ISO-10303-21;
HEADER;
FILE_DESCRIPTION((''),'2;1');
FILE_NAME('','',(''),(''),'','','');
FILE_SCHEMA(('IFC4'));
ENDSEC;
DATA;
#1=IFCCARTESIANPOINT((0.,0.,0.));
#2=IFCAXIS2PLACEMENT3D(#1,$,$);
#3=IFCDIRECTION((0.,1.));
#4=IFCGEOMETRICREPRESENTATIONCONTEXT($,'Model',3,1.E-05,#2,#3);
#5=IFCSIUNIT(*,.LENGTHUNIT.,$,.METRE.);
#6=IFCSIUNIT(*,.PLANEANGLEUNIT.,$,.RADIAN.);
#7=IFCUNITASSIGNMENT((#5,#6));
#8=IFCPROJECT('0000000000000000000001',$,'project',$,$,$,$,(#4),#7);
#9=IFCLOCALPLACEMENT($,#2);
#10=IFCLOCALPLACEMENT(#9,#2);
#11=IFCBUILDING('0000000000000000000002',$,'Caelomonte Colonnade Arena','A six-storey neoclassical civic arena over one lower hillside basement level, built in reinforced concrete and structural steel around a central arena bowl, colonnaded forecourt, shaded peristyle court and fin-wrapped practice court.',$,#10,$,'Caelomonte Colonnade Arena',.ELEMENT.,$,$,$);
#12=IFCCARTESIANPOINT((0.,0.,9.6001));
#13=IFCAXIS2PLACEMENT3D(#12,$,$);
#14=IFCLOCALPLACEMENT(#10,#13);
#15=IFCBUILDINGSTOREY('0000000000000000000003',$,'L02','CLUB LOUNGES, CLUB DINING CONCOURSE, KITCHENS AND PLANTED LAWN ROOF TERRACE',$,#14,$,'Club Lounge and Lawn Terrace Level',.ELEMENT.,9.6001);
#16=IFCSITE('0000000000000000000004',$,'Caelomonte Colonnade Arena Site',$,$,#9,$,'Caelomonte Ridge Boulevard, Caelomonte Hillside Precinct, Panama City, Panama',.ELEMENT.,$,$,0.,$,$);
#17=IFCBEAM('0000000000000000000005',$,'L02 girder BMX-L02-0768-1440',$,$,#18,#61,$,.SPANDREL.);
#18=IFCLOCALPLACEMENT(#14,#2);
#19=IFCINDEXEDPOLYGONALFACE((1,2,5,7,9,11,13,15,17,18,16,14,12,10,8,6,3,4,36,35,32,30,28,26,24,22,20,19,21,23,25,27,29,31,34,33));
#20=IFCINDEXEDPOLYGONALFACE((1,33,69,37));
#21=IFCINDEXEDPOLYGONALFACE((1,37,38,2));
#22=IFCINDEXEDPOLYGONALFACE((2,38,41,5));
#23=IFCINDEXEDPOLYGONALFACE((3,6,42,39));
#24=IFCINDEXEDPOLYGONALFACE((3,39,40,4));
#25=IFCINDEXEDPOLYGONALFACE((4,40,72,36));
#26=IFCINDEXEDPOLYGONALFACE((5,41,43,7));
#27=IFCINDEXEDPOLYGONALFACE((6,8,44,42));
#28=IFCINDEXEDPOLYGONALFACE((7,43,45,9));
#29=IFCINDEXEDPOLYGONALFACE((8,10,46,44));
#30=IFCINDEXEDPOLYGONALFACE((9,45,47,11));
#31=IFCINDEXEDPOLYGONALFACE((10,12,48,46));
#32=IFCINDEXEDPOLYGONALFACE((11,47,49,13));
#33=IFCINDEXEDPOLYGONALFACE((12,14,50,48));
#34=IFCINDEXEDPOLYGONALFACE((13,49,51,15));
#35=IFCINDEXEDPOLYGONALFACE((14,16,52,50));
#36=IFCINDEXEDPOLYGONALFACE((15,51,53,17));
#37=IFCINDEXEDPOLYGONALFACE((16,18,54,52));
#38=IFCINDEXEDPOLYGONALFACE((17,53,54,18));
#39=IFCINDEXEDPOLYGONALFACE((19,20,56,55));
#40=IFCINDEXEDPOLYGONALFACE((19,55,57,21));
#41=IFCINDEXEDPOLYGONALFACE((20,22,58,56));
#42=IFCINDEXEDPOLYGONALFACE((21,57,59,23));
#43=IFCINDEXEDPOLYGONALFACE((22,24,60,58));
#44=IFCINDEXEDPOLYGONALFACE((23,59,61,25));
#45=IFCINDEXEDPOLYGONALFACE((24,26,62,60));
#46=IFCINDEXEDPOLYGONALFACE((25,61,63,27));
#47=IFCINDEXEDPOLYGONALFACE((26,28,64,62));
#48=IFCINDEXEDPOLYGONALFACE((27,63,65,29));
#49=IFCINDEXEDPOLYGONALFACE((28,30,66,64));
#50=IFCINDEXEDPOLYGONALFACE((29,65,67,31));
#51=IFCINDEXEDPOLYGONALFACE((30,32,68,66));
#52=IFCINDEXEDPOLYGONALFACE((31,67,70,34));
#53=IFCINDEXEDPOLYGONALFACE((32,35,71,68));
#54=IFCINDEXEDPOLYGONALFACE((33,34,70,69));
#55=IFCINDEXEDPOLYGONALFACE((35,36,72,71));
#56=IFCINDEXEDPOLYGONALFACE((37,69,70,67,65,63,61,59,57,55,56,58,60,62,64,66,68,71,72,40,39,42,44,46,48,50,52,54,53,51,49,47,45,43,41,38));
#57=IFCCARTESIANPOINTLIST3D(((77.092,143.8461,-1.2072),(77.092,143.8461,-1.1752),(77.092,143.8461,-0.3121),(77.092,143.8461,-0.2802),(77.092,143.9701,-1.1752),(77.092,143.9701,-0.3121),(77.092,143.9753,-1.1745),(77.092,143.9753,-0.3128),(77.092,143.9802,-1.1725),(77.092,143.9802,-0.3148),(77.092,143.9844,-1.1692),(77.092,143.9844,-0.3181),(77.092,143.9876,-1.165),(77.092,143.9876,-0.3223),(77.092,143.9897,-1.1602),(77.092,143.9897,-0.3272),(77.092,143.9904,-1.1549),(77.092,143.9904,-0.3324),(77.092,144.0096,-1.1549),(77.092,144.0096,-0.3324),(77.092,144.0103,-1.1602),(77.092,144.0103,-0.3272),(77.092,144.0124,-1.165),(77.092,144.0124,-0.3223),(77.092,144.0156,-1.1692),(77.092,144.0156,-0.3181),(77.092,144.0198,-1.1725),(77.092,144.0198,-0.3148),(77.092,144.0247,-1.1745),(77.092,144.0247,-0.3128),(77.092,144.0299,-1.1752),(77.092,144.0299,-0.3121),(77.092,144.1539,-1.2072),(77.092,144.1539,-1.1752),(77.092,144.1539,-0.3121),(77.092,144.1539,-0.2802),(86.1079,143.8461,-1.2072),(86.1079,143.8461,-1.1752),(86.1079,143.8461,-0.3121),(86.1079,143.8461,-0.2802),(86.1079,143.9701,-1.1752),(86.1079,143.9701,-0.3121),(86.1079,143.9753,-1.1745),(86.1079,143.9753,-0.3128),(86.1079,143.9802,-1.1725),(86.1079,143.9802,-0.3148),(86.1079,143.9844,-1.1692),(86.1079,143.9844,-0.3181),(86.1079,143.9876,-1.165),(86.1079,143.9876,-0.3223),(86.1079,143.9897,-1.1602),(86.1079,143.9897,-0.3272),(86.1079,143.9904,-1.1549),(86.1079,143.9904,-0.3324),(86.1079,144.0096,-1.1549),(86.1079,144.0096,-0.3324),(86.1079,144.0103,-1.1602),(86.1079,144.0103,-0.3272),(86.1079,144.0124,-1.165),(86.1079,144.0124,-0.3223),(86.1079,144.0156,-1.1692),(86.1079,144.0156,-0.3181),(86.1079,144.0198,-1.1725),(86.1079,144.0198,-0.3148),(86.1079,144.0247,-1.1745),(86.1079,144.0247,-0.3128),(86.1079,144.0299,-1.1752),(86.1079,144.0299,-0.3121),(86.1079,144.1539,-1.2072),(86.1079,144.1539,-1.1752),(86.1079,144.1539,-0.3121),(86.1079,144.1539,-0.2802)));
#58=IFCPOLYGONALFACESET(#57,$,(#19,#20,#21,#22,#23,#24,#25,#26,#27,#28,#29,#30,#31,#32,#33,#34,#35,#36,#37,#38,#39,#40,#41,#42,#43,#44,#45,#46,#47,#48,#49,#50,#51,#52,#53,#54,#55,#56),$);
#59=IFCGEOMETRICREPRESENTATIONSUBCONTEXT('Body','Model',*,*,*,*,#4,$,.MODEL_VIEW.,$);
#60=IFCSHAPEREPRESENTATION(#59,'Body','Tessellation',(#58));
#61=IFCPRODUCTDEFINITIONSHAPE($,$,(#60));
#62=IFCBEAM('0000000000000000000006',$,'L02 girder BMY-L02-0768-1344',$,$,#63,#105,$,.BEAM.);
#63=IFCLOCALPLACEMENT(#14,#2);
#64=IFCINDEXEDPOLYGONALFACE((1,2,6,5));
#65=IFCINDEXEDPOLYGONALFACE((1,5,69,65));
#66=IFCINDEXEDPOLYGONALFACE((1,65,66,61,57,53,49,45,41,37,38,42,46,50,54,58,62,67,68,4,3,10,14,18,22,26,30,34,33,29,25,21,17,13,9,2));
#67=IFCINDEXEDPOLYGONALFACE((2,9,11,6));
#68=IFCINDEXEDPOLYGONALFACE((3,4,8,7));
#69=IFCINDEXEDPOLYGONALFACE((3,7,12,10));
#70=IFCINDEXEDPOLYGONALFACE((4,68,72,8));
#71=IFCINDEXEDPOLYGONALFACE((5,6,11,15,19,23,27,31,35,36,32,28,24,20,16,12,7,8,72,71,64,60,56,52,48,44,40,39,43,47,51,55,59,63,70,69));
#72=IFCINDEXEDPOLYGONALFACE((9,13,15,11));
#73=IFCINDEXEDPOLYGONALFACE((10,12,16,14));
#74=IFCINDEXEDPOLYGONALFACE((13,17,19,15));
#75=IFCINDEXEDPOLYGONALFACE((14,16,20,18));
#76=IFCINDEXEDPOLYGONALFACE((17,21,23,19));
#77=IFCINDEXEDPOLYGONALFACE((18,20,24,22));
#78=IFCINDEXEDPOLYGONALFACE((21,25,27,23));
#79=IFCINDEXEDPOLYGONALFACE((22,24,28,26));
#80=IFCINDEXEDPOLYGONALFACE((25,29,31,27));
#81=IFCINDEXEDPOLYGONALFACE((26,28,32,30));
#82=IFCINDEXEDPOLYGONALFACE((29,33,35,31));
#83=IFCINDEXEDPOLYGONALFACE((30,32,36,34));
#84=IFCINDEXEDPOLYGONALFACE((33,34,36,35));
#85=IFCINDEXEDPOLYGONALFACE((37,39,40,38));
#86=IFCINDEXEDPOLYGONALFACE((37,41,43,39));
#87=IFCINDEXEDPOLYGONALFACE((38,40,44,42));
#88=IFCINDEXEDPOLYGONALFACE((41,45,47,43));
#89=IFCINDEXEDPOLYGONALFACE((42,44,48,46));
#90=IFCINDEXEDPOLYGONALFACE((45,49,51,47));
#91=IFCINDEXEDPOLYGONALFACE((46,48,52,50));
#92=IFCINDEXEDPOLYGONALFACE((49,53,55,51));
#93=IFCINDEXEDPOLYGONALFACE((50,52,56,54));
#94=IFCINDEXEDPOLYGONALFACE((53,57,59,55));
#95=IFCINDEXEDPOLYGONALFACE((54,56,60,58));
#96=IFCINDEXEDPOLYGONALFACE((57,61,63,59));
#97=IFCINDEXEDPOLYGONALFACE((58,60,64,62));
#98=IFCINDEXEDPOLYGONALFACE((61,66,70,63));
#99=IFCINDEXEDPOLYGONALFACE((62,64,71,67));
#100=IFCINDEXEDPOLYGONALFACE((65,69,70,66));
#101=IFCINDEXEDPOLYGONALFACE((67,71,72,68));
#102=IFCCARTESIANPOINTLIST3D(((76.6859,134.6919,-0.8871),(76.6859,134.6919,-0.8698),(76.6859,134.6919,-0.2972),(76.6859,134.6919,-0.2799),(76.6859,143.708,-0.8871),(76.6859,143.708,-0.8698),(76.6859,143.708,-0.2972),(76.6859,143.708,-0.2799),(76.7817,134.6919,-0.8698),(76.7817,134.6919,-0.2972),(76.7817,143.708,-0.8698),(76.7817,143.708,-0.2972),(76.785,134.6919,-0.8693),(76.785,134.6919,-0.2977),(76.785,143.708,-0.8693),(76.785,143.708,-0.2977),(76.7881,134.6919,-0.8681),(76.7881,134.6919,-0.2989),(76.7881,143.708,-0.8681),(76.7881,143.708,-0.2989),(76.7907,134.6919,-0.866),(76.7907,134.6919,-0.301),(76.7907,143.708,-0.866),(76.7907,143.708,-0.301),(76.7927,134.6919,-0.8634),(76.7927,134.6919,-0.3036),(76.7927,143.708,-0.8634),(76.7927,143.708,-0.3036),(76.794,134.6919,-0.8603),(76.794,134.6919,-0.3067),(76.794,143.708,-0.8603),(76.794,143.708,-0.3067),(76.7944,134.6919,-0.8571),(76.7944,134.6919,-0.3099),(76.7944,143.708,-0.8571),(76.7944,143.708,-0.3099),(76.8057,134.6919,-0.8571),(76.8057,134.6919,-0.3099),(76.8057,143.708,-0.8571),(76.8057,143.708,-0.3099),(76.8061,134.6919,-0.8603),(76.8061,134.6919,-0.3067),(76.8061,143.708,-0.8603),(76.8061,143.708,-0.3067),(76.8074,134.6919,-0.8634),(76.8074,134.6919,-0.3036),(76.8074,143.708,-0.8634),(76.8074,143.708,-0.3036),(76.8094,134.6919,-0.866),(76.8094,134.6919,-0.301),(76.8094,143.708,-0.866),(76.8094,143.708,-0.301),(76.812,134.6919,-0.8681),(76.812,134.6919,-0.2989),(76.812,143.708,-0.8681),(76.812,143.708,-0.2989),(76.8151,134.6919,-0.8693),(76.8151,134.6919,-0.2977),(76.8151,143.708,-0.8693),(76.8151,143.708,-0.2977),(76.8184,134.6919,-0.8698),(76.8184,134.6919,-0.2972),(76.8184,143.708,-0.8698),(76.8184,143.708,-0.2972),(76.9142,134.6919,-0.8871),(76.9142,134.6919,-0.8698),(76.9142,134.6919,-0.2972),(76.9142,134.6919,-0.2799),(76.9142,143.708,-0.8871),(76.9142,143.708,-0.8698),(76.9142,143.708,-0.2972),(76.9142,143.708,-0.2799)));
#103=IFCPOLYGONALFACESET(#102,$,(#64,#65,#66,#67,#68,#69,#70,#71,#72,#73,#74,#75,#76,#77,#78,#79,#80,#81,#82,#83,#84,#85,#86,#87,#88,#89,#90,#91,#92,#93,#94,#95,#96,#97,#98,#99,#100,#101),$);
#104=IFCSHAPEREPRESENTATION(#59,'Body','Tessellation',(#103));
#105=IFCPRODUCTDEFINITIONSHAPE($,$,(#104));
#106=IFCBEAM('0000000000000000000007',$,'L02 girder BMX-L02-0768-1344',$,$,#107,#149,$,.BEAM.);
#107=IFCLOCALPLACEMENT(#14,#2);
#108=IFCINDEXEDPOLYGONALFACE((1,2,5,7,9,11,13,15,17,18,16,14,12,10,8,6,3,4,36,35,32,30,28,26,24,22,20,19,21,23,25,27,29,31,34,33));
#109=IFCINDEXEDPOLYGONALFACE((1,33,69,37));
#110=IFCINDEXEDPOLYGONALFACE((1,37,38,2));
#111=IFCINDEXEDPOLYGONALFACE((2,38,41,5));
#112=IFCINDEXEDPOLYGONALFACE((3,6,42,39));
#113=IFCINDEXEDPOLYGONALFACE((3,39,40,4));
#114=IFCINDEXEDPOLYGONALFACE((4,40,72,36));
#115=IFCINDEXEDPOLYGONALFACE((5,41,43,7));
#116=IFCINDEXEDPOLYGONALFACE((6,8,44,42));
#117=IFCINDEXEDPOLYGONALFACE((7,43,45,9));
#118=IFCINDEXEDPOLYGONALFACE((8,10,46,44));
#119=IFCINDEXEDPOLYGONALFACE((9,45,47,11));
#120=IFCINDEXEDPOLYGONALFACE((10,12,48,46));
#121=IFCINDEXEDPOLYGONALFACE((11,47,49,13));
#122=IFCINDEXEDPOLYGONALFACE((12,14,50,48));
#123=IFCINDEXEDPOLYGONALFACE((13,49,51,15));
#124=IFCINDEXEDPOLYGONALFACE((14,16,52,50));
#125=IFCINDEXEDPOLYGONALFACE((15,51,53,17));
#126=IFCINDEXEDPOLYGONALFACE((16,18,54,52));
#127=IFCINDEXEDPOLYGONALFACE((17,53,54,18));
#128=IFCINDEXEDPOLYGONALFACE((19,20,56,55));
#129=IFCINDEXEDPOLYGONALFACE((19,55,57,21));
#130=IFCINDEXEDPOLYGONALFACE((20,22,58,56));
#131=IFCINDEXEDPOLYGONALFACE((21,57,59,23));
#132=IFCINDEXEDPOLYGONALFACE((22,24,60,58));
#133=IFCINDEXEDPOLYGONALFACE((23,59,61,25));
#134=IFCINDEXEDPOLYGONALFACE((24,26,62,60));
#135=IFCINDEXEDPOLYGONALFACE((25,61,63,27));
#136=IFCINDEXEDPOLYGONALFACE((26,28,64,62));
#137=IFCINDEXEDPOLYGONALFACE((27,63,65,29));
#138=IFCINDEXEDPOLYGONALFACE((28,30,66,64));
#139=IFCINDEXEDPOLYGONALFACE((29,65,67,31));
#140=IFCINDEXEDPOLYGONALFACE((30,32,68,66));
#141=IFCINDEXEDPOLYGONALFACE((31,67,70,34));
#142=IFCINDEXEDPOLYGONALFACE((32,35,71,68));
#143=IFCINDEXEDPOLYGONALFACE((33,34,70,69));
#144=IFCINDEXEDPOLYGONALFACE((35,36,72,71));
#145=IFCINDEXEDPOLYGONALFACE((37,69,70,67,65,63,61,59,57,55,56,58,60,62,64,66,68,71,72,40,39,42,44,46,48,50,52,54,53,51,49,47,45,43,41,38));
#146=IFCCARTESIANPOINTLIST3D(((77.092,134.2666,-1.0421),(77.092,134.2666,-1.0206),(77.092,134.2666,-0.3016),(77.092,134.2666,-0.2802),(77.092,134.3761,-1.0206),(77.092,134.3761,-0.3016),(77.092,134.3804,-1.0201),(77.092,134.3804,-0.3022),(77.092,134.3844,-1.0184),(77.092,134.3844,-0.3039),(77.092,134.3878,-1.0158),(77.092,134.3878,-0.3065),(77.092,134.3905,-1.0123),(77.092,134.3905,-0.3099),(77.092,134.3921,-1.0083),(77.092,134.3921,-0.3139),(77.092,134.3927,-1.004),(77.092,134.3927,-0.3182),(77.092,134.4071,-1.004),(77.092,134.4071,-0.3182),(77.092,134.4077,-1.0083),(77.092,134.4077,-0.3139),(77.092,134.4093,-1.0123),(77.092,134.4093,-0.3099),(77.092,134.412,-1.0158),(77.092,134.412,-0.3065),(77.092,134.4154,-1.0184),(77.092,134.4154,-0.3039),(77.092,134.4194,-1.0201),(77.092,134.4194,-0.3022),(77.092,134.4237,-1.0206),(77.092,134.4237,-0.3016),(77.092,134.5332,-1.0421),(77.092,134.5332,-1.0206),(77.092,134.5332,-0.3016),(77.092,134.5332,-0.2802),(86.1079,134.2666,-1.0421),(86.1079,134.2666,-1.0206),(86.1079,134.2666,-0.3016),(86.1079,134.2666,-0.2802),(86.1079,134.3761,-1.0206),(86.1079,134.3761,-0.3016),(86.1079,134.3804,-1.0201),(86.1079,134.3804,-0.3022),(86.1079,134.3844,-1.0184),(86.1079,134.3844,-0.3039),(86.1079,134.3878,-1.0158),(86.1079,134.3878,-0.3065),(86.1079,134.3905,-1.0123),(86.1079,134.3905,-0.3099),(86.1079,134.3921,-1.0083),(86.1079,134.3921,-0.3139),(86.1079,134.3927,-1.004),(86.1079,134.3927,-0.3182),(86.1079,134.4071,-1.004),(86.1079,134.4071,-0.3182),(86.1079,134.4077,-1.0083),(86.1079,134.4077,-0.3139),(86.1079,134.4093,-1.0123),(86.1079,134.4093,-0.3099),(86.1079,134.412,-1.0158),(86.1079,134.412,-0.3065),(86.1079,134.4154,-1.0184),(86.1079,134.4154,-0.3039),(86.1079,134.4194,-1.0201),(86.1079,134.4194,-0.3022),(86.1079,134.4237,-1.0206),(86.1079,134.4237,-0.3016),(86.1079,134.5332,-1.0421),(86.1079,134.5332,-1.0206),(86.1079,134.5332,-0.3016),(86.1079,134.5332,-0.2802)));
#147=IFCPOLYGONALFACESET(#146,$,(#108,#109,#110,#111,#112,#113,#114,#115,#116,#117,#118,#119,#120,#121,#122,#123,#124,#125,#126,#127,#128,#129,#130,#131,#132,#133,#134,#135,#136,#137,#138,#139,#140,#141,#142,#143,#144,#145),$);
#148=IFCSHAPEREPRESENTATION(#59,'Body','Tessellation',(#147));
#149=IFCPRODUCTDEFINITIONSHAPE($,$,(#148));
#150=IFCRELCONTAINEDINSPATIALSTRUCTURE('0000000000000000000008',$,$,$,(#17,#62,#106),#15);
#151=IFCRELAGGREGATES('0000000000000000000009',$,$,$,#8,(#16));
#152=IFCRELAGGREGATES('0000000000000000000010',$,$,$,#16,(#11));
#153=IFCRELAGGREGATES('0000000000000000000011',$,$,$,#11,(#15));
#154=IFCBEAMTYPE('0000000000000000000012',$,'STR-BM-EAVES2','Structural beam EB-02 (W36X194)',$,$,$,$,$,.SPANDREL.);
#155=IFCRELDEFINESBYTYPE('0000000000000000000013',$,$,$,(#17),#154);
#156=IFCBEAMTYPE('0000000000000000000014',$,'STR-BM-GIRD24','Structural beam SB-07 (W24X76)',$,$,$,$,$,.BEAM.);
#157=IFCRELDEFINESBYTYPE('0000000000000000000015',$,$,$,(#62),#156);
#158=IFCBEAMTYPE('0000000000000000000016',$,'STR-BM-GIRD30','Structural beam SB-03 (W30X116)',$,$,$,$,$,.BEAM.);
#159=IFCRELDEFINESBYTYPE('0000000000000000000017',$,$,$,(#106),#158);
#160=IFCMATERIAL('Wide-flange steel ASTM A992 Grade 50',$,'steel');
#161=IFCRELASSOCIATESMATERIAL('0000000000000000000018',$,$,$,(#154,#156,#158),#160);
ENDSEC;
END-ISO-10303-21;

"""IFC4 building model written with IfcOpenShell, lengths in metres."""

from ifc_helpers import new_model, si_unit, direction, frame, origin, origin_2d, place, context, subcontext, project, spatial, i_section, extrude, material, material_profile, profile_set, type_object, element, save


model = new_model("IFC4")

# Units and contexts
model_context = context("Model", 3, precision=1e-05, world=origin(), true_north=direction((0.0, 1.0)))
body_context = subcontext(model_context, "Body", "Model", "MODEL_VIEW")
ifc_project = project(units=[si_unit("LENGTHUNIT", "METRE"), si_unit("PLANEANGLEUNIT", "RADIAN")], contexts=[model_context])

# Site, building, storey
site_placement = place(None, origin())
site = spatial("IfcSite", under=ifc_project, at=site_placement, Name="Caelomonte Colonnade Arena Site", LongName="Caelomonte Ridge Boulevard, Caelomonte Hillside Precinct, Panama City, Panama", CompositionType="ELEMENT", RefElevation=0.0)
building_placement = place(site_placement, origin())
building = spatial("IfcBuilding", under=site, at=building_placement, Name="Caelomonte Colonnade Arena", Description="A six-storey neoclassical civic arena over one lower hillside basement level, built in reinforced concrete and structural steel around a central arena bowl, colonnaded forecourt, shaded peristyle court and fin-wrapped practice court.", LongName="Caelomonte Colonnade Arena", CompositionType="ELEMENT")
storey_placement = place(building_placement, frame((0.0, 0.0, 9.6001)))
storey = spatial("IfcBuildingStorey", under=building, at=storey_placement, Name="L02", Description="CLUB LOUNGES, CLUB DINING CONCOURSE, KITCHENS AND PLANTED LAWN ROOF TERRACE", LongName="Club Lounge and Lawn Terrace Level", CompositionType="ELEMENT", Elevation=9.6001)

# Beams
ifc_material_1 = material(Name="Wide-flange steel ASTM A992 Grade 50", Category="steel")
ifc_material_profile_1 = material_profile(ifc_material_1, i_section(OverallWidth=0.3079, OverallDepth=0.927, WebThickness=0.0193, FlangeThickness=0.032, FilletRadius=0.0203, at=origin_2d()), Name="W36X194")
ifc_profile_set_1 = profile_set([ifc_material_profile_1], Name="Wide-flange steel ASTM A992 Grade 50")
beam_type_1 = type_object("IfcBeamType", Name="STR-BM-EAVES2", Description="Structural beam EB-02 (W36X194)", PredefinedType="SPANDREL", material=ifc_profile_set_1)
beam_1_placement = place(storey_placement, frame((77.092, 144.0, -0.7437), z_axis=(1.0, 0.0, 0.0), x_axis=(0.0, 1.0, 0.0)))
element("IfcBeam", 1, at=beam_1_placement, inside=storey, type_object=beam_type_1, Name="L02 girder BMX-L02-0768-1440", PredefinedType="SPANDREL", context=body_context, shape_type="SweptSolid", body=[
    extrude(i_section(OverallWidth=0.3079, OverallDepth=0.927, WebThickness=0.0193, FlangeThickness=0.032, FilletRadius=0.0203, at=origin_2d()), origin(), (0.0, 0.0, 1.0), 9.0159),
])
ifc_material_profile_2 = material_profile(ifc_material_1, i_section(OverallWidth=0.2283, OverallDepth=0.6072, WebThickness=0.0112, FlangeThickness=0.0173, FilletRadius=0.0127, at=origin_2d()), Name="W24X76")
ifc_profile_set_2 = profile_set([ifc_material_profile_2], Name="Wide-flange steel ASTM A992 Grade 50")
beam_type_2 = type_object("IfcBeamType", Name="STR-BM-GIRD24", Description="Structural beam SB-07 (W24X76)", PredefinedType="BEAM", material=ifc_profile_set_2)
beam_2_placement = place(storey_placement, frame((76.8, 134.6919, -0.5835), z_axis=(0.0, 1.0, 0.0), x_axis=(-1.0, 0.0, 0.0)))
element("IfcBeam", 2, at=beam_2_placement, inside=storey, type_object=beam_type_2, Name="L02 girder BMY-L02-0768-1344", PredefinedType="BEAM", context=body_context, shape_type="SweptSolid", body=[
    extrude(i_section(OverallWidth=0.2283, OverallDepth=0.6072, WebThickness=0.0112, FlangeThickness=0.0173, FilletRadius=0.0127, at=origin_2d()), origin(), (0.0, 0.0, 1.0), 9.0161),
])
ifc_material_profile_3 = material_profile(ifc_material_1, i_section(OverallWidth=0.2666, OverallDepth=0.762, WebThickness=0.0144, FlangeThickness=0.0215, FilletRadius=0.0166, at=origin_2d()), Name="W30X116")
ifc_profile_set_3 = profile_set([ifc_material_profile_3], Name="Wide-flange steel ASTM A992 Grade 50")
beam_type_3 = type_object("IfcBeamType", Name="STR-BM-GIRD30", Description="Structural beam SB-03 (W30X116)", PredefinedType="BEAM", material=ifc_profile_set_3)
beam_3_placement = place(storey_placement, frame((77.092, 134.3999, -0.6611), z_axis=(1.0, 0.0, 0.0), x_axis=(0.0, 1.0, 0.0)))
element("IfcBeam", 3, at=beam_3_placement, inside=storey, type_object=beam_type_3, Name="L02 girder BMX-L02-0768-1344", PredefinedType="BEAM", context=body_context, shape_type="SweptSolid", body=[
    extrude(i_section(OverallWidth=0.2666, OverallDepth=0.762, WebThickness=0.0144, FlangeThickness=0.0215, FilletRadius=0.0166, at=origin_2d()), origin(), (0.0, 0.0, 1.0), 9.0159),
])

save(model, "model.ifc")
